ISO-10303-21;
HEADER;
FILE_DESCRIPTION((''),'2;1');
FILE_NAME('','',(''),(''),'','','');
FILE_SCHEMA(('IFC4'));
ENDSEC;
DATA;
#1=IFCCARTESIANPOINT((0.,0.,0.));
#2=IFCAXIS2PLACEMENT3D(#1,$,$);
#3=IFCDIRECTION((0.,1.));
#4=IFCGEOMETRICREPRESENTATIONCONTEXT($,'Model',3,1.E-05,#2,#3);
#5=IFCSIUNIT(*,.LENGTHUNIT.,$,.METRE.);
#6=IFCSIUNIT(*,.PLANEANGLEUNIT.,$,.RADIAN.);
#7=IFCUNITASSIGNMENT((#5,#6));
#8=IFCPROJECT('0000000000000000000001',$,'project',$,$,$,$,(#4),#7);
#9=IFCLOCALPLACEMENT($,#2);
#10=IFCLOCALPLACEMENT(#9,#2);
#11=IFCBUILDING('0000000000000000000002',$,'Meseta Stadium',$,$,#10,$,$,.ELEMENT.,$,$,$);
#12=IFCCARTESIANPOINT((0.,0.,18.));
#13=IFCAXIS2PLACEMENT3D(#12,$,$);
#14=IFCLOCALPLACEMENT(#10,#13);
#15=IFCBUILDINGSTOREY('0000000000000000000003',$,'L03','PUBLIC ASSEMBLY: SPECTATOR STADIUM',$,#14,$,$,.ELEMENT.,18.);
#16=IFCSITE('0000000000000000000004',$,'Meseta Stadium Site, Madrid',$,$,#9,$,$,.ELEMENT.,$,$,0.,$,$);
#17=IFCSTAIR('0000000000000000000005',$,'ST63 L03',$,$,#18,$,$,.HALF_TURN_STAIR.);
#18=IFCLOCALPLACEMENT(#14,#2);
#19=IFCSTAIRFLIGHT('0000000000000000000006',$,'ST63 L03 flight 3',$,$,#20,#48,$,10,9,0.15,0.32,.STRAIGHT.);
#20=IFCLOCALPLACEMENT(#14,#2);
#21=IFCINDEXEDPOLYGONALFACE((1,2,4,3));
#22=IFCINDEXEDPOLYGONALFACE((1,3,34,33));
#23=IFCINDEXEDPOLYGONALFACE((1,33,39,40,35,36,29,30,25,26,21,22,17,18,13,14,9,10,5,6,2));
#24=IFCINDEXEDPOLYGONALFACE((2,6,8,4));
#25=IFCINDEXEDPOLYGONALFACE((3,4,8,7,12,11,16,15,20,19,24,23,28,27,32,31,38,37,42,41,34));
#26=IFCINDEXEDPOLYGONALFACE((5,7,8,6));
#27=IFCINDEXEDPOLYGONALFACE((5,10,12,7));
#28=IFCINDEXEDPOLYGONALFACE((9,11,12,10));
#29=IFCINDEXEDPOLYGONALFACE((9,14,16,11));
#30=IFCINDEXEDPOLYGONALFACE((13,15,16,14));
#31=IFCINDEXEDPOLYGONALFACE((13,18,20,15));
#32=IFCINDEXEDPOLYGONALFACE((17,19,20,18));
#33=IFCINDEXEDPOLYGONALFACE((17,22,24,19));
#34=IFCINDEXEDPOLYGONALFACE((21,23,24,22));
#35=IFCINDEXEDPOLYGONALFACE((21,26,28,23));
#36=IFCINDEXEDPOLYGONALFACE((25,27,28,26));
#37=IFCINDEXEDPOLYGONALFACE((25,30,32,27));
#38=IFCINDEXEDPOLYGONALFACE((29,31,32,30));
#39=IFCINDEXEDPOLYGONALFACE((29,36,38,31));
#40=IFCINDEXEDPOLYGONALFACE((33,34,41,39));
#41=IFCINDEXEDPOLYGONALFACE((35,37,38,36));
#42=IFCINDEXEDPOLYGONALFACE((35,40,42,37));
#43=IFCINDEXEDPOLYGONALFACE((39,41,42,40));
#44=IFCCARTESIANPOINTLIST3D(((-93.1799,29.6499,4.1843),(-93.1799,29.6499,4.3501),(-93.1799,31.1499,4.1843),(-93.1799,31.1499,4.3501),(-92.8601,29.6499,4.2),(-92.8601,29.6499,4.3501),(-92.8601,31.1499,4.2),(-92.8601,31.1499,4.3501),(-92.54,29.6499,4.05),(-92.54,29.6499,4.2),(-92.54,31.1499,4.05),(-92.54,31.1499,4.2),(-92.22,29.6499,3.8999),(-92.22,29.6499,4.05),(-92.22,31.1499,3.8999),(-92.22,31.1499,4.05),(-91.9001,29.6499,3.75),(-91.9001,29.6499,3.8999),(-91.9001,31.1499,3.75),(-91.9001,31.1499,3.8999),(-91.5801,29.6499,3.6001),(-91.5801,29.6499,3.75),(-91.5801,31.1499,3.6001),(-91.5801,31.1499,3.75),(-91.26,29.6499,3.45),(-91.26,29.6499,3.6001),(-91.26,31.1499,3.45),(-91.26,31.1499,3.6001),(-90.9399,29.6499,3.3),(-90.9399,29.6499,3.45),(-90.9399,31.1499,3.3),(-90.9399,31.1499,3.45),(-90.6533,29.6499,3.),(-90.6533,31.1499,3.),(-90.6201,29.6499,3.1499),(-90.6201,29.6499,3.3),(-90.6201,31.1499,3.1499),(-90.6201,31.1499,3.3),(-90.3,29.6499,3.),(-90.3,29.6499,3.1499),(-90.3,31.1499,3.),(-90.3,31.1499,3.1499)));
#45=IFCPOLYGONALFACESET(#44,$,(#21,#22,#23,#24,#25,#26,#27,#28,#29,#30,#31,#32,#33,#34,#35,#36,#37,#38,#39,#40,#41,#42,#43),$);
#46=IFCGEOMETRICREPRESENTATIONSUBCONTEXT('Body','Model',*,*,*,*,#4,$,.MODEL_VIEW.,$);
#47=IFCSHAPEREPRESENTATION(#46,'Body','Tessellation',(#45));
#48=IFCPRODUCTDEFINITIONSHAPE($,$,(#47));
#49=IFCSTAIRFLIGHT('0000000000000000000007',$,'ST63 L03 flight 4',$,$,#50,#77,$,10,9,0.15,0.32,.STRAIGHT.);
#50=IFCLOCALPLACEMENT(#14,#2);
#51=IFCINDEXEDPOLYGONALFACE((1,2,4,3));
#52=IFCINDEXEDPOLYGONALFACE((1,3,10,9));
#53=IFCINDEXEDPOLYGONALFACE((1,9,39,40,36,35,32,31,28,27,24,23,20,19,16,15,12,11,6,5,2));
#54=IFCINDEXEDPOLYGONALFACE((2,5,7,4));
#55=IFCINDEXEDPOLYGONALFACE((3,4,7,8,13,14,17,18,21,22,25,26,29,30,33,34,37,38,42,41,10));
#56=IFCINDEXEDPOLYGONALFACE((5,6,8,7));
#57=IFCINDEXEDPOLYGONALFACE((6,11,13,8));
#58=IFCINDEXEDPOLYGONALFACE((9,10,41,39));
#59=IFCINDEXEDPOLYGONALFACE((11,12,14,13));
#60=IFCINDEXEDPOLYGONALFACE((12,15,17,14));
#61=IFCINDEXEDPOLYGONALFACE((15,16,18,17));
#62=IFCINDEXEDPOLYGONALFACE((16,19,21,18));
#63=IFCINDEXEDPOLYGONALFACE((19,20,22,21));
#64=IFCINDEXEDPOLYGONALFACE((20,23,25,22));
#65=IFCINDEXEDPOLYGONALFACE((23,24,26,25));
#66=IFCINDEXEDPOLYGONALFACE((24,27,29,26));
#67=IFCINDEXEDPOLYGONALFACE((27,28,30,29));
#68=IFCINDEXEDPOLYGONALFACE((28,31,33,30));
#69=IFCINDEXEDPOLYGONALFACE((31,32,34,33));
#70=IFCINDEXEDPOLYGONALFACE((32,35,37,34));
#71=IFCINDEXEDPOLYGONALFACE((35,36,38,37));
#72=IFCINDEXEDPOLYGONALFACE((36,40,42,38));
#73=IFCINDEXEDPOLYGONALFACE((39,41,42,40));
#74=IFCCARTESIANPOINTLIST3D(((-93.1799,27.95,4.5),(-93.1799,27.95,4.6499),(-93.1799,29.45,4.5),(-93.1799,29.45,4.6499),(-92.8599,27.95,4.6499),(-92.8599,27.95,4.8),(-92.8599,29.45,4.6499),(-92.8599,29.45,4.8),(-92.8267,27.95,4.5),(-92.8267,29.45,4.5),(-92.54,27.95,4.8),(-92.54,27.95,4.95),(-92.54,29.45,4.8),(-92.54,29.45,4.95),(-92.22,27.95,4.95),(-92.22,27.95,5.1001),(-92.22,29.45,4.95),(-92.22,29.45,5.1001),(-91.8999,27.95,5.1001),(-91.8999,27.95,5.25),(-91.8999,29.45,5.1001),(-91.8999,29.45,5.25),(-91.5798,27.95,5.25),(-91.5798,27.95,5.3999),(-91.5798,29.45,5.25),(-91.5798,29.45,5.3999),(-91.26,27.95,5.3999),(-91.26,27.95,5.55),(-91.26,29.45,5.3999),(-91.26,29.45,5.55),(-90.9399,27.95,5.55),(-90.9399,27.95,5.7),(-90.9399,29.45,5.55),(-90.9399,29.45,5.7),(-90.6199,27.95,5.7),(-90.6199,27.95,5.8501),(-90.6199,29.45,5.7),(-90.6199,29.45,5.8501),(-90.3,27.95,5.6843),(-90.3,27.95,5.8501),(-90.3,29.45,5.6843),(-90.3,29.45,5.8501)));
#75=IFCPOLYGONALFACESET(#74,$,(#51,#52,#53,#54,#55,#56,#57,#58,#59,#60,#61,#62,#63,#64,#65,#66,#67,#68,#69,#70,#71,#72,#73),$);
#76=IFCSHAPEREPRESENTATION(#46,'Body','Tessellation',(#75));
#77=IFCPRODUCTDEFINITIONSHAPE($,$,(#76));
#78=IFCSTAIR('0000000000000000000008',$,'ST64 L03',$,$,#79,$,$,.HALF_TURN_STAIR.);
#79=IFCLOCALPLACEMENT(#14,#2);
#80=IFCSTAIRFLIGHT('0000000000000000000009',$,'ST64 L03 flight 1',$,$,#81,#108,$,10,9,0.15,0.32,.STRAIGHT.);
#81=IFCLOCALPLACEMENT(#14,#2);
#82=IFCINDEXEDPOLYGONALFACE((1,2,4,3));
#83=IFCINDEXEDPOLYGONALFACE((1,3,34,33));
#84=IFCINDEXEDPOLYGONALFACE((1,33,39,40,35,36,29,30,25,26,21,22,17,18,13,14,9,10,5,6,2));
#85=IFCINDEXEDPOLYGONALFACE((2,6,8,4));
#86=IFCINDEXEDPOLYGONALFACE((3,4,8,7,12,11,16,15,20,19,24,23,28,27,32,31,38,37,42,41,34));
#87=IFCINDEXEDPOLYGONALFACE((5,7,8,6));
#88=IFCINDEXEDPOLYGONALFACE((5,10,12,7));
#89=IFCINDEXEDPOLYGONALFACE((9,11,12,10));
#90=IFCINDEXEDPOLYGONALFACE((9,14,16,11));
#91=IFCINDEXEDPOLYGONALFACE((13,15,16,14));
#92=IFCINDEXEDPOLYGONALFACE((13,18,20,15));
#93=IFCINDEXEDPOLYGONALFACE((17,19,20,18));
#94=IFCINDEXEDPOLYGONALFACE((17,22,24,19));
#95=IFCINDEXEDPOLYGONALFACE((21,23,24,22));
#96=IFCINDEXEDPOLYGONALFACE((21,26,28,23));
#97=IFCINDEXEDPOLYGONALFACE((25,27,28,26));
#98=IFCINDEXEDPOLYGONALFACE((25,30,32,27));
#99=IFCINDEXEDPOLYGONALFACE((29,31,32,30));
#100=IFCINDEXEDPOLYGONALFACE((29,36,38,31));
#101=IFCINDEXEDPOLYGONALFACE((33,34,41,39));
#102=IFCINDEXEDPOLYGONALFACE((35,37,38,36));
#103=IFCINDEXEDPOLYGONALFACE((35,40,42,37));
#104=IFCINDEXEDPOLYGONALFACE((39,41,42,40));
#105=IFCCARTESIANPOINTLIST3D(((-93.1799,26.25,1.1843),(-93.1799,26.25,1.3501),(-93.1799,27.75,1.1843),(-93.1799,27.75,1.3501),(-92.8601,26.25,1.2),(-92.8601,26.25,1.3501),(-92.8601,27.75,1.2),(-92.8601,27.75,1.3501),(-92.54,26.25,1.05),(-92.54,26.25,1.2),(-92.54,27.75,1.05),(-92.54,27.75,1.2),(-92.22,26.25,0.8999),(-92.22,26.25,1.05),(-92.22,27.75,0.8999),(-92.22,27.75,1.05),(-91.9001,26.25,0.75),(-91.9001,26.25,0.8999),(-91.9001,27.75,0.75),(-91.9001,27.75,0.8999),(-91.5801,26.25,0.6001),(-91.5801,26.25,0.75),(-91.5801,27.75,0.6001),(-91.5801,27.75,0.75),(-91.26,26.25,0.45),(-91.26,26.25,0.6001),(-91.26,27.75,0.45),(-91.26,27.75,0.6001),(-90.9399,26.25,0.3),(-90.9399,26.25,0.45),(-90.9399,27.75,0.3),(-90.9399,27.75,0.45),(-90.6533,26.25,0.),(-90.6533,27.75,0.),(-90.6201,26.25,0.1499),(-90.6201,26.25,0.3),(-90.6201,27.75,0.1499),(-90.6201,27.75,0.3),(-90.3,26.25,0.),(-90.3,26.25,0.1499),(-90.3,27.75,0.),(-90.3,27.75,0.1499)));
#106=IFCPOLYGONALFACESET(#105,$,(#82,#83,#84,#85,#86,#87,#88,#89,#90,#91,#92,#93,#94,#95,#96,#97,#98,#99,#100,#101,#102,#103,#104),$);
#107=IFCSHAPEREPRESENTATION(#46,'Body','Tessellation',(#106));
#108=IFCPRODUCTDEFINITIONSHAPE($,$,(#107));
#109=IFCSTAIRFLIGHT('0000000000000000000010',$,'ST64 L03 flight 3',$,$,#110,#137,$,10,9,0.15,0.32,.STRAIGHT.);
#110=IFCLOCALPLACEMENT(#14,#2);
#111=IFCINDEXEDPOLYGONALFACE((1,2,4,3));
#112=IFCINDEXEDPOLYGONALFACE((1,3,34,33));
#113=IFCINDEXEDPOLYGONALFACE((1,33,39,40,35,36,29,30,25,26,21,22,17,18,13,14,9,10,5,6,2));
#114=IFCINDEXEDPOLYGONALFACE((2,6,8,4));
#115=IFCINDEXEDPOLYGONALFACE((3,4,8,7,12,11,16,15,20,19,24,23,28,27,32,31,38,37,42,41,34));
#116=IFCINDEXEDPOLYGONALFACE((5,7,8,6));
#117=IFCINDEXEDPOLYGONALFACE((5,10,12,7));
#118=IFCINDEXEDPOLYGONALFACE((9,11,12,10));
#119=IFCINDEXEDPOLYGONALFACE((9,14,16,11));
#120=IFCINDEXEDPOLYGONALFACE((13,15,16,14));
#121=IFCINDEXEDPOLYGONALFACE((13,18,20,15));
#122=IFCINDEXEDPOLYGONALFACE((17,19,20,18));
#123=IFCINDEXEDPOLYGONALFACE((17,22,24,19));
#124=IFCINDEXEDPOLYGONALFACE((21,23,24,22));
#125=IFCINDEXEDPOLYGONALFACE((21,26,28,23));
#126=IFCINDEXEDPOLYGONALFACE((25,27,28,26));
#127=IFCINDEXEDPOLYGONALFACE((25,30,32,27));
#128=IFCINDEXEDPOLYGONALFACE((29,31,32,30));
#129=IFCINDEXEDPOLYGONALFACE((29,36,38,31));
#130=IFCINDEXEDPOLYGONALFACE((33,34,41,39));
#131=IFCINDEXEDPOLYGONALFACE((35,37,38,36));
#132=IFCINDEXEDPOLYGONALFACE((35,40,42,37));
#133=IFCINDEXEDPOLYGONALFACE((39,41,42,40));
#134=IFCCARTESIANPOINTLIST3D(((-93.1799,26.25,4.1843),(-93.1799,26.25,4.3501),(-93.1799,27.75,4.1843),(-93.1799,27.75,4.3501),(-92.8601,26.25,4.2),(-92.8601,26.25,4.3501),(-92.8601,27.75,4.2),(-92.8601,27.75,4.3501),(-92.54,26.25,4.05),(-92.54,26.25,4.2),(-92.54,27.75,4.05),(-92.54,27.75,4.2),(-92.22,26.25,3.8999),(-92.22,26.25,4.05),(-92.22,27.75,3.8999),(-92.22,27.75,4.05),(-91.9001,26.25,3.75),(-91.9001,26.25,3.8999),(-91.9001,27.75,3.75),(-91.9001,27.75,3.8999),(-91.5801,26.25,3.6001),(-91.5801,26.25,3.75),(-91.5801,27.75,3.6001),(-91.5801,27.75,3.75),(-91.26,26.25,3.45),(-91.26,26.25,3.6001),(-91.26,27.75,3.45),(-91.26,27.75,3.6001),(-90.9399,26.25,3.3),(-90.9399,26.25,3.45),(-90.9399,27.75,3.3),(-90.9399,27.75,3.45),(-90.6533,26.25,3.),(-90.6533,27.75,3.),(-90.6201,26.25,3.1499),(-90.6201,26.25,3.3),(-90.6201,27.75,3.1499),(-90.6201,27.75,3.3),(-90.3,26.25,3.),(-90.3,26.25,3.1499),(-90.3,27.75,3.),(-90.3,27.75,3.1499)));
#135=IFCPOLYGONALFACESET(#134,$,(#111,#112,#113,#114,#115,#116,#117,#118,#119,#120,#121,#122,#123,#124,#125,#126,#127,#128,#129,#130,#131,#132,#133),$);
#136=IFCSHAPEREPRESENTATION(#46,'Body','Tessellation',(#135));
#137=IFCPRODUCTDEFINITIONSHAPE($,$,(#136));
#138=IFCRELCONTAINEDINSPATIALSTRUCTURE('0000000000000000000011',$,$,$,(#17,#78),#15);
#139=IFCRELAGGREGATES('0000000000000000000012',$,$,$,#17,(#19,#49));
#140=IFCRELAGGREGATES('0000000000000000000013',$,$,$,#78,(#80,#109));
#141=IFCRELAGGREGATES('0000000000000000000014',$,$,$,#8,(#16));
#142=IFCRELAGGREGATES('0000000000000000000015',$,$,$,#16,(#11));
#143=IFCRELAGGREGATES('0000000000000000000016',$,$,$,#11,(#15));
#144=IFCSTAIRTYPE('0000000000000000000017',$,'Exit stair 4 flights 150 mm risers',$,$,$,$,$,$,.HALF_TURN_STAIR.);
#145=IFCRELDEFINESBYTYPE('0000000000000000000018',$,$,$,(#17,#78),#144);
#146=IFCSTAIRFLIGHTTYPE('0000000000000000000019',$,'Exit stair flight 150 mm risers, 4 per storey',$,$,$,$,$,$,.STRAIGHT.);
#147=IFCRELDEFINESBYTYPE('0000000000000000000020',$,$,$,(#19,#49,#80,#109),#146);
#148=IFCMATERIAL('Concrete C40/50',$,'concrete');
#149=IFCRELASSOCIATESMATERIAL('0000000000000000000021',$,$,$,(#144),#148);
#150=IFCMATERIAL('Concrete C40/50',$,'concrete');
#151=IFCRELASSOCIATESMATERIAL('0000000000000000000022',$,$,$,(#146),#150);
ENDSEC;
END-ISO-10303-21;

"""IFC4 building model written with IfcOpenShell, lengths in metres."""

from ifc_helpers import new_model, si_unit, direction, frame, origin, place, context, subcontext, project, spatial, polyline, outline, extrude, material, type_object, element, aggregate, save


model = new_model("IFC4")

# Units and contexts
model_context = context("Model", 3, precision=1e-05, world=origin(), true_north=direction((0.0, 1.0)))
body_context = subcontext(model_context, "Body", "Model", "MODEL_VIEW")
ifc_project = project(units=[si_unit("LENGTHUNIT", "METRE"), si_unit("PLANEANGLEUNIT", "RADIAN")], contexts=[model_context])

# Site, building, storey
site_placement = place(None, origin())
site = spatial("IfcSite", under=ifc_project, at=site_placement, Name="Meseta Stadium Site, Madrid", CompositionType="ELEMENT", RefElevation=0.0)
building_placement = place(site_placement, origin())
building = spatial("IfcBuilding", under=site, at=building_placement, Name="Meseta Stadium", CompositionType="ELEMENT")
storey_placement = place(building_placement, frame((0.0, 0.0, 18.0)))
storey = spatial("IfcBuildingStorey", under=building, at=storey_placement, Name="L03", Description="PUBLIC ASSEMBLY: SPECTATOR STADIUM", CompositionType="ELEMENT", Elevation=18.0)

# Stairs, stair flights
ifc_material_1 = material(Name="Concrete C40/50", Category="concrete")
stair_type = type_object("IfcStairType", Name="Exit stair 4 flights 150 mm risers", PredefinedType="HALF_TURN_STAIR", material=ifc_material_1)
stair_1_placement = place(storey_placement, origin())
stair_1 = element("IfcStair", 1, at=stair_1_placement, inside=storey, type_object=stair_type, Name="ST63 L03", PredefinedType="HALF_TURN_STAIR")
ifc_material_2 = material(Name="Concrete C40/50", Category="concrete")
stair_flight_type = type_object("IfcStairFlightType", Name="Exit stair flight 150 mm risers, 4 per storey", PredefinedType="STRAIGHT", material=ifc_material_2)
stair_flight_1_placement = place(storey_placement, frame((-90.3, 30.3999, 3.0), z_axis=(0.0, 0.0, 1.0), x_axis=(-1.0, 0.0, 0.0)))
stair_flight_1 = element("IfcStairFlight", 2, at=stair_flight_1_placement, type_object=stair_flight_type, Name="ST63 L03 flight 3", NumberOfRisers=10, NumberOfTreads=9, PredefinedType="STRAIGHT", RiserHeight=0.15, TreadLength=0.32, context=body_context, shape_type="SweptSolid", body=[
    extrude(outline(polyline([(0.0, 0.0), (0.0, 0.1499), (0.3201, 0.1499), (0.3201, 0.3), (0.6399, 0.3), (0.6399, 0.45), (0.96, 0.45), (0.96, 0.6001), (1.28, 0.6001), (1.28, 0.75), (1.6001, 0.75), (1.6001, 0.8999), (1.9199, 0.8999), (1.9199, 1.05), (2.24, 1.05), (2.24, 1.2), (2.5601, 1.2), (2.5601, 1.3501), (2.8799, 1.3501), (2.8799, 1.1843), (0.3533, 0.0), (0.0, 0.0)])), frame((0.0, 0.75, 0.0), z_axis=(0.0, -1.0, 0.0), x_axis=(1.0, 0.0, 0.0)), (0.0, 0.0, 1.0), 1.5),
])
stair_flight_2_placement = place(storey_placement, frame((-93.1799, 28.7, 4.5), z_axis=(0.0, 0.0, 1.0), x_axis=(1.0, 0.0, 0.0)))
stair_flight_2 = element("IfcStairFlight", 3, at=stair_flight_2_placement, type_object=stair_flight_type, Name="ST63 L03 flight 4", NumberOfRisers=10, NumberOfTreads=9, PredefinedType="STRAIGHT", RiserHeight=0.15, TreadLength=0.32, context=body_context, shape_type="SweptSolid", body=[
    extrude(outline(polyline([(0.0, 0.0), (0.0, 0.1499), (0.3201, 0.1499), (0.3201, 0.3), (0.6399, 0.3), (0.6399, 0.45), (0.96, 0.45), (0.96, 0.6001), (1.28, 0.6001), (1.28, 0.75), (1.6001, 0.75), (1.6001, 0.8999), (1.9199, 0.8999), (1.9199, 1.05), (2.24, 1.05), (2.24, 1.2), (2.5601, 1.2), (2.5601, 1.3501), (2.8799, 1.3501), (2.8799, 1.1843), (0.3533, 0.0), (0.0, 0.0)])), frame((0.0, 0.75, 0.0), z_axis=(0.0, -1.0, 0.0), x_axis=(1.0, 0.0, 0.0)), (0.0, 0.0, 1.0), 1.5),
])
aggregate(stair_1, [stair_flight_1, stair_flight_2])
stair_2_placement = place(storey_placement, origin())
stair_2 = element("IfcStair", 4, at=stair_2_placement, inside=storey, type_object=stair_type, Name="ST64 L03", PredefinedType="HALF_TURN_STAIR")
stair_flight_3_placement = place(storey_placement, frame((-90.3, 27.0, 0.0), z_axis=(0.0, 0.0, 1.0), x_axis=(-1.0, 0.0, 0.0)))
stair_flight_3 = element("IfcStairFlight", 5, at=stair_flight_3_placement, type_object=stair_flight_type, Name="ST64 L03 flight 1", NumberOfRisers=10, NumberOfTreads=9, PredefinedType="STRAIGHT", RiserHeight=0.15, TreadLength=0.32, context=body_context, shape_type="SweptSolid", body=[
    extrude(outline(polyline([(0.0, 0.0), (0.0, 0.1499), (0.3201, 0.1499), (0.3201, 0.3), (0.6399, 0.3), (0.6399, 0.45), (0.96, 0.45), (0.96, 0.6001), (1.28, 0.6001), (1.28, 0.75), (1.6001, 0.75), (1.6001, 0.8999), (1.9199, 0.8999), (1.9199, 1.05), (2.24, 1.05), (2.24, 1.2), (2.5601, 1.2), (2.5601, 1.3501), (2.8799, 1.3501), (2.8799, 1.1843), (0.3533, 0.0), (0.0, 0.0)])), frame((0.0, 0.75, 0.0), z_axis=(0.0, -1.0, 0.0), x_axis=(1.0, 0.0, 0.0)), (0.0, 0.0, 1.0), 1.5),
])
stair_flight_4_placement = place(storey_placement, frame((-90.3, 27.0, 3.0), z_axis=(0.0, 0.0, 1.0), x_axis=(-1.0, 0.0, 0.0)))
stair_flight_4 = element("IfcStairFlight", 6, at=stair_flight_4_placement, type_object=stair_flight_type, Name="ST64 L03 flight 3", NumberOfRisers=10, NumberOfTreads=9, PredefinedType="STRAIGHT", RiserHeight=0.15, TreadLength=0.32, context=body_context, shape_type="SweptSolid", body=[
    extrude(outline(polyline([(0.0, 0.0), (0.0, 0.1499), (0.3201, 0.1499), (0.3201, 0.3), (0.6399, 0.3), (0.6399, 0.45), (0.96, 0.45), (0.96, 0.6001), (1.28, 0.6001), (1.28, 0.75), (1.6001, 0.75), (1.6001, 0.8999), (1.9199, 0.8999), (1.9199, 1.05), (2.24, 1.05), (2.24, 1.2), (2.5601, 1.2), (2.5601, 1.3501), (2.8799, 1.3501), (2.8799, 1.1843), (0.3533, 0.0), (0.0, 0.0)])), frame((0.0, 0.75, 0.0), z_axis=(0.0, -1.0, 0.0), x_axis=(1.0, 0.0, 0.0)), (0.0, 0.0, 1.0), 1.5),
])
aggregate(stair_2, [stair_flight_3, stair_flight_4])

save(model, "model.ifc")
